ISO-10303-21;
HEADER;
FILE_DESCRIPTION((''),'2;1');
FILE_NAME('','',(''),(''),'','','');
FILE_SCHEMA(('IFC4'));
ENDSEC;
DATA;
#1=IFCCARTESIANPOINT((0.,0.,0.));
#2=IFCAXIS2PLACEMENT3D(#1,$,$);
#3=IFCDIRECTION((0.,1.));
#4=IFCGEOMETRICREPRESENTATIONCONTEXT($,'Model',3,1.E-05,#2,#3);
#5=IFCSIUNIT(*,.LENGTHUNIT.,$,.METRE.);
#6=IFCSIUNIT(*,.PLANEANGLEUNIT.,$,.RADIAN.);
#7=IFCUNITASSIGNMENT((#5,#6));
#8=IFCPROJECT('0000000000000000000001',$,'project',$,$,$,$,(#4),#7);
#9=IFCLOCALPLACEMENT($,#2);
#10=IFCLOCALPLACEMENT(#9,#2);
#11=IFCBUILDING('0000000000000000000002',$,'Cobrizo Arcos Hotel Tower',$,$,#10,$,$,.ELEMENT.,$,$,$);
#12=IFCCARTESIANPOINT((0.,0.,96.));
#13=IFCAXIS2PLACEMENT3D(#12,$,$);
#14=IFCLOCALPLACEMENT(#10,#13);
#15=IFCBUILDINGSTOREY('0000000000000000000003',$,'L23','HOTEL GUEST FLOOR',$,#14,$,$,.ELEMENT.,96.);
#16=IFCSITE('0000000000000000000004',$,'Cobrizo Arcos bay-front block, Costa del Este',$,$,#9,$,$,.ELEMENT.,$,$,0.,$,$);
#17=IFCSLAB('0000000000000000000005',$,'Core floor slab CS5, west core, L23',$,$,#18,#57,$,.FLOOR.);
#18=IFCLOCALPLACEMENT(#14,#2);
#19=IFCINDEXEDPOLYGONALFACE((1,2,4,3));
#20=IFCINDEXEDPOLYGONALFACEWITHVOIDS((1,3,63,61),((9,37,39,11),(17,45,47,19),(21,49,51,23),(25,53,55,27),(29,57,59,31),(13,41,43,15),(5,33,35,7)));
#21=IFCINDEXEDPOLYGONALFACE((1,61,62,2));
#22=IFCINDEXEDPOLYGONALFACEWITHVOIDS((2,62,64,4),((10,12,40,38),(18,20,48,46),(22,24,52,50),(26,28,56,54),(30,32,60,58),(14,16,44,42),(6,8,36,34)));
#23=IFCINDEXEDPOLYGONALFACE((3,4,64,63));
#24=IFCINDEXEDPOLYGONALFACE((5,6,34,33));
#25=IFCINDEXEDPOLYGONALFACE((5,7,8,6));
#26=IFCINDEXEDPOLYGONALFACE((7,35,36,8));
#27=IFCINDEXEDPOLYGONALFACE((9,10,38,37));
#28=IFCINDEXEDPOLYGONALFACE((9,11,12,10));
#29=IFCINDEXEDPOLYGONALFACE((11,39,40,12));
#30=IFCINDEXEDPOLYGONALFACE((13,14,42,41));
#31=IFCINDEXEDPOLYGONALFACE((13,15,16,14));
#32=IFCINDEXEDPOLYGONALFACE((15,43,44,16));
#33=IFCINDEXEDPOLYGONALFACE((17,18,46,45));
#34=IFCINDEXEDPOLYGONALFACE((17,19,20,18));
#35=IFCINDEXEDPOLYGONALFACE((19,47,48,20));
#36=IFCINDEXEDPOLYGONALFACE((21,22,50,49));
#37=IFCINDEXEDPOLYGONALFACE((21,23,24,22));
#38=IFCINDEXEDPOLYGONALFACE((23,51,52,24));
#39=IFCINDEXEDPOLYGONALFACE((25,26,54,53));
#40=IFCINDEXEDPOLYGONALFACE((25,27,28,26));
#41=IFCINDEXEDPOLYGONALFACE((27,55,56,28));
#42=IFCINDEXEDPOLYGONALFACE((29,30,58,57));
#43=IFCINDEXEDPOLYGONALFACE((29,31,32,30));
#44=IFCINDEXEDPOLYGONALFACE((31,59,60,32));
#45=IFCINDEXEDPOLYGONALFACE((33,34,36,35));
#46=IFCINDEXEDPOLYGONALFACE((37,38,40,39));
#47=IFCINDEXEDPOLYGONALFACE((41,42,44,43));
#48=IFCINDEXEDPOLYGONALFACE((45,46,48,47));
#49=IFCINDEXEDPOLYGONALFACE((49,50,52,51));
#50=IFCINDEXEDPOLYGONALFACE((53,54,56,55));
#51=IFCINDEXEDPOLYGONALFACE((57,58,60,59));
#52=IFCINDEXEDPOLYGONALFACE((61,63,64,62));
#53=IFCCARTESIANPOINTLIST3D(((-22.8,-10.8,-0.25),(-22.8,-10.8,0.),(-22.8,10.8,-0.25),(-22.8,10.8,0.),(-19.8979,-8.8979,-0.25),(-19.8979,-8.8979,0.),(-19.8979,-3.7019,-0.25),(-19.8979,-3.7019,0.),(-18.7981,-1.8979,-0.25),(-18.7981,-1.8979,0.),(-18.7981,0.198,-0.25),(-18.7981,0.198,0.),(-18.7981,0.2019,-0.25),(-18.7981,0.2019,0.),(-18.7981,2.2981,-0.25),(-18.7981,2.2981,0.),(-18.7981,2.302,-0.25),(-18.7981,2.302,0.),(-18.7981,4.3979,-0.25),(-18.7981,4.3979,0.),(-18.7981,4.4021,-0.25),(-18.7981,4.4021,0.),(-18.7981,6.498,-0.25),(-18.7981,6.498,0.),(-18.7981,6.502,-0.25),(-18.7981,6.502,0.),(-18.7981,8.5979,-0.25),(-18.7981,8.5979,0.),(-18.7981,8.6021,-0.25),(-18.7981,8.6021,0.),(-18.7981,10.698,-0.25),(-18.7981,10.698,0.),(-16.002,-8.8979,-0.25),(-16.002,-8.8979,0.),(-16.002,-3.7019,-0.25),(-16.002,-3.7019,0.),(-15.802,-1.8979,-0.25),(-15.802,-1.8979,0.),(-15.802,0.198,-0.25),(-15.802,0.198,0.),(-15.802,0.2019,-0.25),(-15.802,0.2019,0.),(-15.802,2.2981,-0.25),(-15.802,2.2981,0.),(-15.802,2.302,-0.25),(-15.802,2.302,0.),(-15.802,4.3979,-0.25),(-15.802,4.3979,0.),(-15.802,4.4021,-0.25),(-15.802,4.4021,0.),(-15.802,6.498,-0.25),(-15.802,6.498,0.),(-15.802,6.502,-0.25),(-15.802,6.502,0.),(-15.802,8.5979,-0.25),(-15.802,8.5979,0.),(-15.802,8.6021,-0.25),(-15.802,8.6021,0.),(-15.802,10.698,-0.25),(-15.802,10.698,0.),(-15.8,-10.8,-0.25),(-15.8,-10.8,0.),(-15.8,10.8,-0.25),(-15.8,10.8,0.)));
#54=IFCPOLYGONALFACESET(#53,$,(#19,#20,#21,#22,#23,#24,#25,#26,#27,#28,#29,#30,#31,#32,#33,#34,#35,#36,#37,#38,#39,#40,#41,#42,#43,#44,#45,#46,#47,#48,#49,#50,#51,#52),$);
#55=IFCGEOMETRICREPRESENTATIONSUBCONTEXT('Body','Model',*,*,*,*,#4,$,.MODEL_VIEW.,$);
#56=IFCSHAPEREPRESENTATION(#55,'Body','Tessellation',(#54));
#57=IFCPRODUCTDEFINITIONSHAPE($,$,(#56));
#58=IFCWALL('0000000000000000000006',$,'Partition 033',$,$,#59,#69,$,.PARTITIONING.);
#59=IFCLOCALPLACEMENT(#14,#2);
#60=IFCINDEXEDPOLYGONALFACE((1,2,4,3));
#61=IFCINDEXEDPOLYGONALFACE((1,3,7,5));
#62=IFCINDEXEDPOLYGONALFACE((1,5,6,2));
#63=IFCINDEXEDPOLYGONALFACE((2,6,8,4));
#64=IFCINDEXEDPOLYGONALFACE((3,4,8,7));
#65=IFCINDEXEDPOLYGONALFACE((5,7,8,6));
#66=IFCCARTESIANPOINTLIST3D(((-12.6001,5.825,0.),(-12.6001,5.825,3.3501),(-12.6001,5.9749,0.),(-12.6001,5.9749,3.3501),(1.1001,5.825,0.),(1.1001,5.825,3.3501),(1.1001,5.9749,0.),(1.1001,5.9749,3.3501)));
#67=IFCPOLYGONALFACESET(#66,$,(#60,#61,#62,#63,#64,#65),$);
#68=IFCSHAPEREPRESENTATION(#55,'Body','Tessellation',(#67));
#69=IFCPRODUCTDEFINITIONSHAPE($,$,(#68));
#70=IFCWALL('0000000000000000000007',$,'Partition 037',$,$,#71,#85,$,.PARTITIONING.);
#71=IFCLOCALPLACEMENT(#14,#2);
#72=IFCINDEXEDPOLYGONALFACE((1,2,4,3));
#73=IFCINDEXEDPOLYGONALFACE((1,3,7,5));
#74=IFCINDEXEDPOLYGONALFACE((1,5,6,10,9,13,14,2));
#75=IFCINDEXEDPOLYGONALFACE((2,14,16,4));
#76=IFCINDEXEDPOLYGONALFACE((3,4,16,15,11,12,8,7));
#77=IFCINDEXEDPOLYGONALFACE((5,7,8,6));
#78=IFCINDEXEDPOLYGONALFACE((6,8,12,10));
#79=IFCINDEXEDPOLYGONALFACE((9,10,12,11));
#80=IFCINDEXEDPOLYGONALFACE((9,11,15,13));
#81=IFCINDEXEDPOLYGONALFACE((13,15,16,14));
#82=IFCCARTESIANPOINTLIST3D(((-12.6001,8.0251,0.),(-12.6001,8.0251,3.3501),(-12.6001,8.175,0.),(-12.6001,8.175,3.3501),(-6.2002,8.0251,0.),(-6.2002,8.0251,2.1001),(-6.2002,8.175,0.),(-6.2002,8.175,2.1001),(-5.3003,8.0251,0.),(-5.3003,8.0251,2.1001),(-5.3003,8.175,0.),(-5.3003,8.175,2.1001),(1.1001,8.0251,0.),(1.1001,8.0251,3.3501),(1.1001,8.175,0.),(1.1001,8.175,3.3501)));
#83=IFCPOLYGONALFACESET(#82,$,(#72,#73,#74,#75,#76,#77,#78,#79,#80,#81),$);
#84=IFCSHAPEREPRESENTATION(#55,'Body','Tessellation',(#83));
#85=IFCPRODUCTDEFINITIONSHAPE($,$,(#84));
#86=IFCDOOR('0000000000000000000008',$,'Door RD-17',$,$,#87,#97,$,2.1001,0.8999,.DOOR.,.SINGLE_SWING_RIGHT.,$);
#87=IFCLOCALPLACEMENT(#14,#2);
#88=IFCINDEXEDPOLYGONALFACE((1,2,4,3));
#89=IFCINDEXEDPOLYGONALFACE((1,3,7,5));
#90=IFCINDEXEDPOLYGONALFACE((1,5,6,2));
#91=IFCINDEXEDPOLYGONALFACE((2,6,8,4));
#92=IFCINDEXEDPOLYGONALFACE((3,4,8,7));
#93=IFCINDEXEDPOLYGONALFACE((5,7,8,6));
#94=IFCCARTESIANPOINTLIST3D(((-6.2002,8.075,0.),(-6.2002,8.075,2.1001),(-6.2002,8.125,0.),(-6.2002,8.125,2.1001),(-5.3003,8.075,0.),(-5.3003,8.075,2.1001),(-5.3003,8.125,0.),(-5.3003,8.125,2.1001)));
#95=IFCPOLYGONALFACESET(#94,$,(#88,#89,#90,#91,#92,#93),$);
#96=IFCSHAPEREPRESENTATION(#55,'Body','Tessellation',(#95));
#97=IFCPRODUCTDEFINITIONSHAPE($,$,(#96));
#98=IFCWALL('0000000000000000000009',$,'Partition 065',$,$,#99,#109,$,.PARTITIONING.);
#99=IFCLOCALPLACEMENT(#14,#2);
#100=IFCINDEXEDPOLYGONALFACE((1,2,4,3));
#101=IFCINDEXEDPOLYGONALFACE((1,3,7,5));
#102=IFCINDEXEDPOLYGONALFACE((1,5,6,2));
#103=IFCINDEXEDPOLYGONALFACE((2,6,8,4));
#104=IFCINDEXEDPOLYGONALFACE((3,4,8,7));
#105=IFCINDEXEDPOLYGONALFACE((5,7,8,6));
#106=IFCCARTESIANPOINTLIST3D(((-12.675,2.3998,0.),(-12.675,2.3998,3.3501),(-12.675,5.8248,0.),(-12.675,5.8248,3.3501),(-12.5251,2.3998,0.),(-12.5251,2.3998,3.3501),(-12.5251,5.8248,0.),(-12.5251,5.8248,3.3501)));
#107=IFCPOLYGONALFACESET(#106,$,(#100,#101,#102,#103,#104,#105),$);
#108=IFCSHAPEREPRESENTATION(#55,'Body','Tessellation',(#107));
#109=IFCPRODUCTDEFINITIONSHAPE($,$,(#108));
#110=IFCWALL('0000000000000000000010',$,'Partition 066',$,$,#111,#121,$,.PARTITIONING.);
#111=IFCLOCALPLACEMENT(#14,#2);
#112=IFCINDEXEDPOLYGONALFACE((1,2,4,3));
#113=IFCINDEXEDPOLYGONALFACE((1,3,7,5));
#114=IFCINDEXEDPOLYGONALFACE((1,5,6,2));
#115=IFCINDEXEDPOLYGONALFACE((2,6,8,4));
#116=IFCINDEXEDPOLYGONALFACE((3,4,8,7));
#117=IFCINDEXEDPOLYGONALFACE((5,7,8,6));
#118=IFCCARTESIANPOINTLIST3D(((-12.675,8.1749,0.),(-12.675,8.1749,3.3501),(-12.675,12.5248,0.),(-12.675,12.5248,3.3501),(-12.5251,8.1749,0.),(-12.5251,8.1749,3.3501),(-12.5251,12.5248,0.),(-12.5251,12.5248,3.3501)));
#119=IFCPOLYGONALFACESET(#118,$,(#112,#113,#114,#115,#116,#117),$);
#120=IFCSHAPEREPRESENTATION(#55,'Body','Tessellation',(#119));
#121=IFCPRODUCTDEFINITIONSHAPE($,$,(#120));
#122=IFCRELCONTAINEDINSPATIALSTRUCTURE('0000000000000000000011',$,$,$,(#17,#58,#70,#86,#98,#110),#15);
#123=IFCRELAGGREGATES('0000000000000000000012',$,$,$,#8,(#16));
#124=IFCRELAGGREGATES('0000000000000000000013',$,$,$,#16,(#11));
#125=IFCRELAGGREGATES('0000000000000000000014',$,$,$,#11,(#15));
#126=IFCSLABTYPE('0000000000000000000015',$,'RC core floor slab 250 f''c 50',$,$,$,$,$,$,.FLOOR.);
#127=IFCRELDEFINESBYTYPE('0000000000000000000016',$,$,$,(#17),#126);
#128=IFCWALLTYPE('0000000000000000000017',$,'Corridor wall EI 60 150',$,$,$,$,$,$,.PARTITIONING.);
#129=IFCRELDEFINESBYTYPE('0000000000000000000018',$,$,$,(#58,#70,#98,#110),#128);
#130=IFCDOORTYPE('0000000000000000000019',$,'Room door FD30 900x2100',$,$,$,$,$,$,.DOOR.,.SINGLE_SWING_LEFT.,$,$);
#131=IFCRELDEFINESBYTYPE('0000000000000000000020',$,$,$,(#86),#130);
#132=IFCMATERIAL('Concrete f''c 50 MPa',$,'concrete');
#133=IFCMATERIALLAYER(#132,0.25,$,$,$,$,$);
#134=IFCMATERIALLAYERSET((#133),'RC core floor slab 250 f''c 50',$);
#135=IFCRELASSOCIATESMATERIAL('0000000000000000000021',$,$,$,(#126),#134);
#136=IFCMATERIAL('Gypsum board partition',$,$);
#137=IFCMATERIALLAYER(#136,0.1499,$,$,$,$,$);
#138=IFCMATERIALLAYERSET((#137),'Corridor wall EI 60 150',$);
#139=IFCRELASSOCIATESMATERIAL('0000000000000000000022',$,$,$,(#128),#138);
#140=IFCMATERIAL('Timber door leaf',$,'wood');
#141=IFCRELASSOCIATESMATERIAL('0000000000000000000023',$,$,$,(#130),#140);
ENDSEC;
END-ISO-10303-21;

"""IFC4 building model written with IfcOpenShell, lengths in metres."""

from ifc_helpers import new_model, si_unit, direction, frame, frame_2d, origin, place, context, subcontext, project, spatial, polyline, rectangle, outline, extrude, material, layer, layer_set, type_object, element, fill, save


model = new_model("IFC4")

# Units and contexts
model_context = context("Model", 3, precision=1e-05, world=origin(), true_north=direction((0.0, 1.0)))
body_context = subcontext(model_context, "Body", "Model", "MODEL_VIEW")
ifc_project = project(units=[si_unit("LENGTHUNIT", "METRE"), si_unit("PLANEANGLEUNIT", "RADIAN")], contexts=[model_context])

# Site, building, storey
site_placement = place(None, origin())
site = spatial("IfcSite", under=ifc_project, at=site_placement, Name="Cobrizo Arcos bay-front block, Costa del Este", CompositionType="ELEMENT", RefElevation=0.0)
building_placement = place(site_placement, origin())
building = spatial("IfcBuilding", under=site, at=building_placement, Name="Cobrizo Arcos Hotel Tower", CompositionType="ELEMENT")
storey_placement = place(building_placement, frame((0.0, 0.0, 96.0)))
storey = spatial("IfcBuildingStorey", under=building, at=storey_placement, Name="L23", Description="HOTEL GUEST FLOOR", CompositionType="ELEMENT", Elevation=96.0)

# Slab
ifc_material_1 = material(Name="Concrete f'c 50 MPa", Category="concrete")
ifc_layer_1 = layer(ifc_material_1, 0.25)
ifc_layer_set_1 = layer_set([ifc_layer_1], Name="RC core floor slab 250 f'c 50")
slab_type_1 = type_object("IfcSlabType", Name="RC core floor slab 250 f'c 50", PredefinedType="FLOOR", material=ifc_layer_set_1)
slab_1_placement = place(storey_placement, frame((0.0, 0.0, -0.25)))
element("IfcSlab", 1, at=slab_1_placement, inside=storey, type_object=slab_type_1, Name="Core floor slab CS5, west core, L23", PredefinedType="FLOOR", context=body_context, shape_type="SweptSolid", body=[
    extrude(outline(polyline([(-22.8, 10.8), (-15.8, 10.8), (-15.8, -10.8), (-22.8, -10.8), (-22.8, 10.8)]), holes=[polyline([(-19.8979, -3.7019), (-19.8979, -8.8979), (-16.002, -8.8979), (-16.002, -3.7019), (-19.8979, -3.7019)]), polyline([(-18.7981, 0.198), (-18.7981, -1.8979), (-15.802, -1.8979), (-15.802, 0.198), (-18.7981, 0.198)]), polyline([(-15.802, 2.2981), (-18.7981, 2.2981), (-18.7981, 0.2019), (-15.802, 0.2019), (-15.802, 2.2981)]), polyline([(-15.802, 4.3979), (-18.7981, 4.3979), (-18.7981, 2.302), (-15.802, 2.302), (-15.802, 4.3979)]), polyline([(-18.7981, 6.498), (-18.7981, 4.4021), (-15.802, 4.4021), (-15.802, 6.498), (-18.7981, 6.498)]), polyline([(-15.802, 8.5979), (-18.7981, 8.5979), (-18.7981, 6.502), (-15.802, 6.502), (-15.802, 8.5979)]), polyline([(-15.802, 10.698), (-18.7981, 10.698), (-18.7981, 8.6021), (-15.802, 8.6021), (-15.802, 10.698)])]), origin(), (0.0, 0.0, 1.0), 0.25),
])

# Wall
ifc_material_2 = material(Name="Gypsum board partition")
ifc_layer_2 = layer(ifc_material_2, 0.1499)
ifc_layer_set_2 = layer_set([ifc_layer_2], Name="Corridor wall EI 60 150")
wall_type = type_object("IfcWallType", Name="Corridor wall EI 60 150", PredefinedType="PARTITIONING", material=ifc_layer_set_2)
wall_1_placement = place(storey_placement, frame((-12.6001, 5.8999, 0.0), z_axis=(0.0, 0.0, 1.0), x_axis=(1.0, 0.0, 0.0)))
element("IfcWall", 2, at=wall_1_placement, inside=storey, type_object=wall_type, Name="Partition 033", PredefinedType="PARTITIONING", context=body_context, shape_type="SweptSolid", body=[
    extrude(rectangle(XDim=13.7002, YDim=0.1499, at=frame_2d((6.8501, 0.0))), origin(), (0.0, 0.0, 1.0), 3.3501),
])

# Wall, opening, door
wall_2_placement = place(storey_placement, frame((-12.6001, 8.1001, 0.0), z_axis=(0.0, 0.0, 1.0), x_axis=(1.0, 0.0, 0.0)))
wall_2 = element("IfcWall", 3, at=wall_2_placement, inside=storey, type_object=wall_type, Name="Partition 037", PredefinedType="PARTITIONING", context=body_context, shape_type="SweptSolid", body=[
    extrude(rectangle(XDim=13.7002, YDim=0.1499, at=frame_2d((6.8501, 0.0))), origin(), (0.0, 0.0, 1.0), 3.3501),
])
opening_placement = place(wall_2_placement, frame((6.3999, 0.0, 0.0)))
opening = element("IfcOpeningElement", 4, at=opening_placement, cuts=wall_2, PredefinedType="OPENING", context=body_context, shape_type="SweptSolid", body=[
    extrude(rectangle(XDim=0.8999, YDim=2.1001, at=frame_2d((0.45, 1.05))), frame((0.0, 0.0869, 0.0), z_axis=(0.0, -1.0, 0.0), x_axis=(1.0, 0.0, 0.0)), (0.0, 0.0, 1.0), 0.1738),
])
ifc_material_3 = material(Name="Timber door leaf", Category="wood")
door_type = type_object("IfcDoorType", Name="Room door FD30 900x2100", OperationType="SINGLE_SWING_LEFT", PredefinedType="DOOR", material=ifc_material_3)
door_placement = place(opening_placement, origin())
door = element("IfcDoor", 5, at=door_placement, inside=storey, type_object=door_type, Name="Door RD-17", OperationType="SINGLE_SWING_RIGHT", OverallHeight=2.1001, OverallWidth=0.8999, PredefinedType="DOOR", context=body_context, shape_type="SweptSolid", body=[
    extrude(rectangle(XDim=0.8999, YDim=2.1001, at=frame_2d((0.45, 1.05))), frame((0.0, 0.0249, 0.0), z_axis=(0.0, -1.0, 0.0), x_axis=(1.0, 0.0, 0.0)), (0.0, 0.0, 1.0), 0.05),
])
fill(opening, door)

# Walls
wall_3_placement = place(storey_placement, frame((-12.6001, 2.3999, 0.0), z_axis=(0.0, 0.0, 1.0), x_axis=(0.0, 1.0, 0.0)))
element("IfcWall", 6, at=wall_3_placement, inside=storey, type_object=wall_type, Name="Partition 065", PredefinedType="PARTITIONING", context=body_context, shape_type="SweptSolid", body=[
    extrude(rectangle(XDim=3.425, YDim=0.1499, at=frame_2d((1.7124, 0.0))), origin(), (0.0, 0.0, 1.0), 3.3501),
])
wall_4_placement = place(storey_placement, frame((-12.6001, 8.175, 0.0), z_axis=(0.0, 0.0, 1.0), x_axis=(0.0, 1.0, 0.0)))
element("IfcWall", 7, at=wall_4_placement, inside=storey, type_object=wall_type, Name="Partition 066", PredefinedType="PARTITIONING", context=body_context, shape_type="SweptSolid", body=[
    extrude(rectangle(XDim=4.3499, YDim=0.1499, at=frame_2d((2.1748, 0.0))), origin(), (0.0, 0.0, 1.0), 3.3501),
])

save(model, "model.ifc")
